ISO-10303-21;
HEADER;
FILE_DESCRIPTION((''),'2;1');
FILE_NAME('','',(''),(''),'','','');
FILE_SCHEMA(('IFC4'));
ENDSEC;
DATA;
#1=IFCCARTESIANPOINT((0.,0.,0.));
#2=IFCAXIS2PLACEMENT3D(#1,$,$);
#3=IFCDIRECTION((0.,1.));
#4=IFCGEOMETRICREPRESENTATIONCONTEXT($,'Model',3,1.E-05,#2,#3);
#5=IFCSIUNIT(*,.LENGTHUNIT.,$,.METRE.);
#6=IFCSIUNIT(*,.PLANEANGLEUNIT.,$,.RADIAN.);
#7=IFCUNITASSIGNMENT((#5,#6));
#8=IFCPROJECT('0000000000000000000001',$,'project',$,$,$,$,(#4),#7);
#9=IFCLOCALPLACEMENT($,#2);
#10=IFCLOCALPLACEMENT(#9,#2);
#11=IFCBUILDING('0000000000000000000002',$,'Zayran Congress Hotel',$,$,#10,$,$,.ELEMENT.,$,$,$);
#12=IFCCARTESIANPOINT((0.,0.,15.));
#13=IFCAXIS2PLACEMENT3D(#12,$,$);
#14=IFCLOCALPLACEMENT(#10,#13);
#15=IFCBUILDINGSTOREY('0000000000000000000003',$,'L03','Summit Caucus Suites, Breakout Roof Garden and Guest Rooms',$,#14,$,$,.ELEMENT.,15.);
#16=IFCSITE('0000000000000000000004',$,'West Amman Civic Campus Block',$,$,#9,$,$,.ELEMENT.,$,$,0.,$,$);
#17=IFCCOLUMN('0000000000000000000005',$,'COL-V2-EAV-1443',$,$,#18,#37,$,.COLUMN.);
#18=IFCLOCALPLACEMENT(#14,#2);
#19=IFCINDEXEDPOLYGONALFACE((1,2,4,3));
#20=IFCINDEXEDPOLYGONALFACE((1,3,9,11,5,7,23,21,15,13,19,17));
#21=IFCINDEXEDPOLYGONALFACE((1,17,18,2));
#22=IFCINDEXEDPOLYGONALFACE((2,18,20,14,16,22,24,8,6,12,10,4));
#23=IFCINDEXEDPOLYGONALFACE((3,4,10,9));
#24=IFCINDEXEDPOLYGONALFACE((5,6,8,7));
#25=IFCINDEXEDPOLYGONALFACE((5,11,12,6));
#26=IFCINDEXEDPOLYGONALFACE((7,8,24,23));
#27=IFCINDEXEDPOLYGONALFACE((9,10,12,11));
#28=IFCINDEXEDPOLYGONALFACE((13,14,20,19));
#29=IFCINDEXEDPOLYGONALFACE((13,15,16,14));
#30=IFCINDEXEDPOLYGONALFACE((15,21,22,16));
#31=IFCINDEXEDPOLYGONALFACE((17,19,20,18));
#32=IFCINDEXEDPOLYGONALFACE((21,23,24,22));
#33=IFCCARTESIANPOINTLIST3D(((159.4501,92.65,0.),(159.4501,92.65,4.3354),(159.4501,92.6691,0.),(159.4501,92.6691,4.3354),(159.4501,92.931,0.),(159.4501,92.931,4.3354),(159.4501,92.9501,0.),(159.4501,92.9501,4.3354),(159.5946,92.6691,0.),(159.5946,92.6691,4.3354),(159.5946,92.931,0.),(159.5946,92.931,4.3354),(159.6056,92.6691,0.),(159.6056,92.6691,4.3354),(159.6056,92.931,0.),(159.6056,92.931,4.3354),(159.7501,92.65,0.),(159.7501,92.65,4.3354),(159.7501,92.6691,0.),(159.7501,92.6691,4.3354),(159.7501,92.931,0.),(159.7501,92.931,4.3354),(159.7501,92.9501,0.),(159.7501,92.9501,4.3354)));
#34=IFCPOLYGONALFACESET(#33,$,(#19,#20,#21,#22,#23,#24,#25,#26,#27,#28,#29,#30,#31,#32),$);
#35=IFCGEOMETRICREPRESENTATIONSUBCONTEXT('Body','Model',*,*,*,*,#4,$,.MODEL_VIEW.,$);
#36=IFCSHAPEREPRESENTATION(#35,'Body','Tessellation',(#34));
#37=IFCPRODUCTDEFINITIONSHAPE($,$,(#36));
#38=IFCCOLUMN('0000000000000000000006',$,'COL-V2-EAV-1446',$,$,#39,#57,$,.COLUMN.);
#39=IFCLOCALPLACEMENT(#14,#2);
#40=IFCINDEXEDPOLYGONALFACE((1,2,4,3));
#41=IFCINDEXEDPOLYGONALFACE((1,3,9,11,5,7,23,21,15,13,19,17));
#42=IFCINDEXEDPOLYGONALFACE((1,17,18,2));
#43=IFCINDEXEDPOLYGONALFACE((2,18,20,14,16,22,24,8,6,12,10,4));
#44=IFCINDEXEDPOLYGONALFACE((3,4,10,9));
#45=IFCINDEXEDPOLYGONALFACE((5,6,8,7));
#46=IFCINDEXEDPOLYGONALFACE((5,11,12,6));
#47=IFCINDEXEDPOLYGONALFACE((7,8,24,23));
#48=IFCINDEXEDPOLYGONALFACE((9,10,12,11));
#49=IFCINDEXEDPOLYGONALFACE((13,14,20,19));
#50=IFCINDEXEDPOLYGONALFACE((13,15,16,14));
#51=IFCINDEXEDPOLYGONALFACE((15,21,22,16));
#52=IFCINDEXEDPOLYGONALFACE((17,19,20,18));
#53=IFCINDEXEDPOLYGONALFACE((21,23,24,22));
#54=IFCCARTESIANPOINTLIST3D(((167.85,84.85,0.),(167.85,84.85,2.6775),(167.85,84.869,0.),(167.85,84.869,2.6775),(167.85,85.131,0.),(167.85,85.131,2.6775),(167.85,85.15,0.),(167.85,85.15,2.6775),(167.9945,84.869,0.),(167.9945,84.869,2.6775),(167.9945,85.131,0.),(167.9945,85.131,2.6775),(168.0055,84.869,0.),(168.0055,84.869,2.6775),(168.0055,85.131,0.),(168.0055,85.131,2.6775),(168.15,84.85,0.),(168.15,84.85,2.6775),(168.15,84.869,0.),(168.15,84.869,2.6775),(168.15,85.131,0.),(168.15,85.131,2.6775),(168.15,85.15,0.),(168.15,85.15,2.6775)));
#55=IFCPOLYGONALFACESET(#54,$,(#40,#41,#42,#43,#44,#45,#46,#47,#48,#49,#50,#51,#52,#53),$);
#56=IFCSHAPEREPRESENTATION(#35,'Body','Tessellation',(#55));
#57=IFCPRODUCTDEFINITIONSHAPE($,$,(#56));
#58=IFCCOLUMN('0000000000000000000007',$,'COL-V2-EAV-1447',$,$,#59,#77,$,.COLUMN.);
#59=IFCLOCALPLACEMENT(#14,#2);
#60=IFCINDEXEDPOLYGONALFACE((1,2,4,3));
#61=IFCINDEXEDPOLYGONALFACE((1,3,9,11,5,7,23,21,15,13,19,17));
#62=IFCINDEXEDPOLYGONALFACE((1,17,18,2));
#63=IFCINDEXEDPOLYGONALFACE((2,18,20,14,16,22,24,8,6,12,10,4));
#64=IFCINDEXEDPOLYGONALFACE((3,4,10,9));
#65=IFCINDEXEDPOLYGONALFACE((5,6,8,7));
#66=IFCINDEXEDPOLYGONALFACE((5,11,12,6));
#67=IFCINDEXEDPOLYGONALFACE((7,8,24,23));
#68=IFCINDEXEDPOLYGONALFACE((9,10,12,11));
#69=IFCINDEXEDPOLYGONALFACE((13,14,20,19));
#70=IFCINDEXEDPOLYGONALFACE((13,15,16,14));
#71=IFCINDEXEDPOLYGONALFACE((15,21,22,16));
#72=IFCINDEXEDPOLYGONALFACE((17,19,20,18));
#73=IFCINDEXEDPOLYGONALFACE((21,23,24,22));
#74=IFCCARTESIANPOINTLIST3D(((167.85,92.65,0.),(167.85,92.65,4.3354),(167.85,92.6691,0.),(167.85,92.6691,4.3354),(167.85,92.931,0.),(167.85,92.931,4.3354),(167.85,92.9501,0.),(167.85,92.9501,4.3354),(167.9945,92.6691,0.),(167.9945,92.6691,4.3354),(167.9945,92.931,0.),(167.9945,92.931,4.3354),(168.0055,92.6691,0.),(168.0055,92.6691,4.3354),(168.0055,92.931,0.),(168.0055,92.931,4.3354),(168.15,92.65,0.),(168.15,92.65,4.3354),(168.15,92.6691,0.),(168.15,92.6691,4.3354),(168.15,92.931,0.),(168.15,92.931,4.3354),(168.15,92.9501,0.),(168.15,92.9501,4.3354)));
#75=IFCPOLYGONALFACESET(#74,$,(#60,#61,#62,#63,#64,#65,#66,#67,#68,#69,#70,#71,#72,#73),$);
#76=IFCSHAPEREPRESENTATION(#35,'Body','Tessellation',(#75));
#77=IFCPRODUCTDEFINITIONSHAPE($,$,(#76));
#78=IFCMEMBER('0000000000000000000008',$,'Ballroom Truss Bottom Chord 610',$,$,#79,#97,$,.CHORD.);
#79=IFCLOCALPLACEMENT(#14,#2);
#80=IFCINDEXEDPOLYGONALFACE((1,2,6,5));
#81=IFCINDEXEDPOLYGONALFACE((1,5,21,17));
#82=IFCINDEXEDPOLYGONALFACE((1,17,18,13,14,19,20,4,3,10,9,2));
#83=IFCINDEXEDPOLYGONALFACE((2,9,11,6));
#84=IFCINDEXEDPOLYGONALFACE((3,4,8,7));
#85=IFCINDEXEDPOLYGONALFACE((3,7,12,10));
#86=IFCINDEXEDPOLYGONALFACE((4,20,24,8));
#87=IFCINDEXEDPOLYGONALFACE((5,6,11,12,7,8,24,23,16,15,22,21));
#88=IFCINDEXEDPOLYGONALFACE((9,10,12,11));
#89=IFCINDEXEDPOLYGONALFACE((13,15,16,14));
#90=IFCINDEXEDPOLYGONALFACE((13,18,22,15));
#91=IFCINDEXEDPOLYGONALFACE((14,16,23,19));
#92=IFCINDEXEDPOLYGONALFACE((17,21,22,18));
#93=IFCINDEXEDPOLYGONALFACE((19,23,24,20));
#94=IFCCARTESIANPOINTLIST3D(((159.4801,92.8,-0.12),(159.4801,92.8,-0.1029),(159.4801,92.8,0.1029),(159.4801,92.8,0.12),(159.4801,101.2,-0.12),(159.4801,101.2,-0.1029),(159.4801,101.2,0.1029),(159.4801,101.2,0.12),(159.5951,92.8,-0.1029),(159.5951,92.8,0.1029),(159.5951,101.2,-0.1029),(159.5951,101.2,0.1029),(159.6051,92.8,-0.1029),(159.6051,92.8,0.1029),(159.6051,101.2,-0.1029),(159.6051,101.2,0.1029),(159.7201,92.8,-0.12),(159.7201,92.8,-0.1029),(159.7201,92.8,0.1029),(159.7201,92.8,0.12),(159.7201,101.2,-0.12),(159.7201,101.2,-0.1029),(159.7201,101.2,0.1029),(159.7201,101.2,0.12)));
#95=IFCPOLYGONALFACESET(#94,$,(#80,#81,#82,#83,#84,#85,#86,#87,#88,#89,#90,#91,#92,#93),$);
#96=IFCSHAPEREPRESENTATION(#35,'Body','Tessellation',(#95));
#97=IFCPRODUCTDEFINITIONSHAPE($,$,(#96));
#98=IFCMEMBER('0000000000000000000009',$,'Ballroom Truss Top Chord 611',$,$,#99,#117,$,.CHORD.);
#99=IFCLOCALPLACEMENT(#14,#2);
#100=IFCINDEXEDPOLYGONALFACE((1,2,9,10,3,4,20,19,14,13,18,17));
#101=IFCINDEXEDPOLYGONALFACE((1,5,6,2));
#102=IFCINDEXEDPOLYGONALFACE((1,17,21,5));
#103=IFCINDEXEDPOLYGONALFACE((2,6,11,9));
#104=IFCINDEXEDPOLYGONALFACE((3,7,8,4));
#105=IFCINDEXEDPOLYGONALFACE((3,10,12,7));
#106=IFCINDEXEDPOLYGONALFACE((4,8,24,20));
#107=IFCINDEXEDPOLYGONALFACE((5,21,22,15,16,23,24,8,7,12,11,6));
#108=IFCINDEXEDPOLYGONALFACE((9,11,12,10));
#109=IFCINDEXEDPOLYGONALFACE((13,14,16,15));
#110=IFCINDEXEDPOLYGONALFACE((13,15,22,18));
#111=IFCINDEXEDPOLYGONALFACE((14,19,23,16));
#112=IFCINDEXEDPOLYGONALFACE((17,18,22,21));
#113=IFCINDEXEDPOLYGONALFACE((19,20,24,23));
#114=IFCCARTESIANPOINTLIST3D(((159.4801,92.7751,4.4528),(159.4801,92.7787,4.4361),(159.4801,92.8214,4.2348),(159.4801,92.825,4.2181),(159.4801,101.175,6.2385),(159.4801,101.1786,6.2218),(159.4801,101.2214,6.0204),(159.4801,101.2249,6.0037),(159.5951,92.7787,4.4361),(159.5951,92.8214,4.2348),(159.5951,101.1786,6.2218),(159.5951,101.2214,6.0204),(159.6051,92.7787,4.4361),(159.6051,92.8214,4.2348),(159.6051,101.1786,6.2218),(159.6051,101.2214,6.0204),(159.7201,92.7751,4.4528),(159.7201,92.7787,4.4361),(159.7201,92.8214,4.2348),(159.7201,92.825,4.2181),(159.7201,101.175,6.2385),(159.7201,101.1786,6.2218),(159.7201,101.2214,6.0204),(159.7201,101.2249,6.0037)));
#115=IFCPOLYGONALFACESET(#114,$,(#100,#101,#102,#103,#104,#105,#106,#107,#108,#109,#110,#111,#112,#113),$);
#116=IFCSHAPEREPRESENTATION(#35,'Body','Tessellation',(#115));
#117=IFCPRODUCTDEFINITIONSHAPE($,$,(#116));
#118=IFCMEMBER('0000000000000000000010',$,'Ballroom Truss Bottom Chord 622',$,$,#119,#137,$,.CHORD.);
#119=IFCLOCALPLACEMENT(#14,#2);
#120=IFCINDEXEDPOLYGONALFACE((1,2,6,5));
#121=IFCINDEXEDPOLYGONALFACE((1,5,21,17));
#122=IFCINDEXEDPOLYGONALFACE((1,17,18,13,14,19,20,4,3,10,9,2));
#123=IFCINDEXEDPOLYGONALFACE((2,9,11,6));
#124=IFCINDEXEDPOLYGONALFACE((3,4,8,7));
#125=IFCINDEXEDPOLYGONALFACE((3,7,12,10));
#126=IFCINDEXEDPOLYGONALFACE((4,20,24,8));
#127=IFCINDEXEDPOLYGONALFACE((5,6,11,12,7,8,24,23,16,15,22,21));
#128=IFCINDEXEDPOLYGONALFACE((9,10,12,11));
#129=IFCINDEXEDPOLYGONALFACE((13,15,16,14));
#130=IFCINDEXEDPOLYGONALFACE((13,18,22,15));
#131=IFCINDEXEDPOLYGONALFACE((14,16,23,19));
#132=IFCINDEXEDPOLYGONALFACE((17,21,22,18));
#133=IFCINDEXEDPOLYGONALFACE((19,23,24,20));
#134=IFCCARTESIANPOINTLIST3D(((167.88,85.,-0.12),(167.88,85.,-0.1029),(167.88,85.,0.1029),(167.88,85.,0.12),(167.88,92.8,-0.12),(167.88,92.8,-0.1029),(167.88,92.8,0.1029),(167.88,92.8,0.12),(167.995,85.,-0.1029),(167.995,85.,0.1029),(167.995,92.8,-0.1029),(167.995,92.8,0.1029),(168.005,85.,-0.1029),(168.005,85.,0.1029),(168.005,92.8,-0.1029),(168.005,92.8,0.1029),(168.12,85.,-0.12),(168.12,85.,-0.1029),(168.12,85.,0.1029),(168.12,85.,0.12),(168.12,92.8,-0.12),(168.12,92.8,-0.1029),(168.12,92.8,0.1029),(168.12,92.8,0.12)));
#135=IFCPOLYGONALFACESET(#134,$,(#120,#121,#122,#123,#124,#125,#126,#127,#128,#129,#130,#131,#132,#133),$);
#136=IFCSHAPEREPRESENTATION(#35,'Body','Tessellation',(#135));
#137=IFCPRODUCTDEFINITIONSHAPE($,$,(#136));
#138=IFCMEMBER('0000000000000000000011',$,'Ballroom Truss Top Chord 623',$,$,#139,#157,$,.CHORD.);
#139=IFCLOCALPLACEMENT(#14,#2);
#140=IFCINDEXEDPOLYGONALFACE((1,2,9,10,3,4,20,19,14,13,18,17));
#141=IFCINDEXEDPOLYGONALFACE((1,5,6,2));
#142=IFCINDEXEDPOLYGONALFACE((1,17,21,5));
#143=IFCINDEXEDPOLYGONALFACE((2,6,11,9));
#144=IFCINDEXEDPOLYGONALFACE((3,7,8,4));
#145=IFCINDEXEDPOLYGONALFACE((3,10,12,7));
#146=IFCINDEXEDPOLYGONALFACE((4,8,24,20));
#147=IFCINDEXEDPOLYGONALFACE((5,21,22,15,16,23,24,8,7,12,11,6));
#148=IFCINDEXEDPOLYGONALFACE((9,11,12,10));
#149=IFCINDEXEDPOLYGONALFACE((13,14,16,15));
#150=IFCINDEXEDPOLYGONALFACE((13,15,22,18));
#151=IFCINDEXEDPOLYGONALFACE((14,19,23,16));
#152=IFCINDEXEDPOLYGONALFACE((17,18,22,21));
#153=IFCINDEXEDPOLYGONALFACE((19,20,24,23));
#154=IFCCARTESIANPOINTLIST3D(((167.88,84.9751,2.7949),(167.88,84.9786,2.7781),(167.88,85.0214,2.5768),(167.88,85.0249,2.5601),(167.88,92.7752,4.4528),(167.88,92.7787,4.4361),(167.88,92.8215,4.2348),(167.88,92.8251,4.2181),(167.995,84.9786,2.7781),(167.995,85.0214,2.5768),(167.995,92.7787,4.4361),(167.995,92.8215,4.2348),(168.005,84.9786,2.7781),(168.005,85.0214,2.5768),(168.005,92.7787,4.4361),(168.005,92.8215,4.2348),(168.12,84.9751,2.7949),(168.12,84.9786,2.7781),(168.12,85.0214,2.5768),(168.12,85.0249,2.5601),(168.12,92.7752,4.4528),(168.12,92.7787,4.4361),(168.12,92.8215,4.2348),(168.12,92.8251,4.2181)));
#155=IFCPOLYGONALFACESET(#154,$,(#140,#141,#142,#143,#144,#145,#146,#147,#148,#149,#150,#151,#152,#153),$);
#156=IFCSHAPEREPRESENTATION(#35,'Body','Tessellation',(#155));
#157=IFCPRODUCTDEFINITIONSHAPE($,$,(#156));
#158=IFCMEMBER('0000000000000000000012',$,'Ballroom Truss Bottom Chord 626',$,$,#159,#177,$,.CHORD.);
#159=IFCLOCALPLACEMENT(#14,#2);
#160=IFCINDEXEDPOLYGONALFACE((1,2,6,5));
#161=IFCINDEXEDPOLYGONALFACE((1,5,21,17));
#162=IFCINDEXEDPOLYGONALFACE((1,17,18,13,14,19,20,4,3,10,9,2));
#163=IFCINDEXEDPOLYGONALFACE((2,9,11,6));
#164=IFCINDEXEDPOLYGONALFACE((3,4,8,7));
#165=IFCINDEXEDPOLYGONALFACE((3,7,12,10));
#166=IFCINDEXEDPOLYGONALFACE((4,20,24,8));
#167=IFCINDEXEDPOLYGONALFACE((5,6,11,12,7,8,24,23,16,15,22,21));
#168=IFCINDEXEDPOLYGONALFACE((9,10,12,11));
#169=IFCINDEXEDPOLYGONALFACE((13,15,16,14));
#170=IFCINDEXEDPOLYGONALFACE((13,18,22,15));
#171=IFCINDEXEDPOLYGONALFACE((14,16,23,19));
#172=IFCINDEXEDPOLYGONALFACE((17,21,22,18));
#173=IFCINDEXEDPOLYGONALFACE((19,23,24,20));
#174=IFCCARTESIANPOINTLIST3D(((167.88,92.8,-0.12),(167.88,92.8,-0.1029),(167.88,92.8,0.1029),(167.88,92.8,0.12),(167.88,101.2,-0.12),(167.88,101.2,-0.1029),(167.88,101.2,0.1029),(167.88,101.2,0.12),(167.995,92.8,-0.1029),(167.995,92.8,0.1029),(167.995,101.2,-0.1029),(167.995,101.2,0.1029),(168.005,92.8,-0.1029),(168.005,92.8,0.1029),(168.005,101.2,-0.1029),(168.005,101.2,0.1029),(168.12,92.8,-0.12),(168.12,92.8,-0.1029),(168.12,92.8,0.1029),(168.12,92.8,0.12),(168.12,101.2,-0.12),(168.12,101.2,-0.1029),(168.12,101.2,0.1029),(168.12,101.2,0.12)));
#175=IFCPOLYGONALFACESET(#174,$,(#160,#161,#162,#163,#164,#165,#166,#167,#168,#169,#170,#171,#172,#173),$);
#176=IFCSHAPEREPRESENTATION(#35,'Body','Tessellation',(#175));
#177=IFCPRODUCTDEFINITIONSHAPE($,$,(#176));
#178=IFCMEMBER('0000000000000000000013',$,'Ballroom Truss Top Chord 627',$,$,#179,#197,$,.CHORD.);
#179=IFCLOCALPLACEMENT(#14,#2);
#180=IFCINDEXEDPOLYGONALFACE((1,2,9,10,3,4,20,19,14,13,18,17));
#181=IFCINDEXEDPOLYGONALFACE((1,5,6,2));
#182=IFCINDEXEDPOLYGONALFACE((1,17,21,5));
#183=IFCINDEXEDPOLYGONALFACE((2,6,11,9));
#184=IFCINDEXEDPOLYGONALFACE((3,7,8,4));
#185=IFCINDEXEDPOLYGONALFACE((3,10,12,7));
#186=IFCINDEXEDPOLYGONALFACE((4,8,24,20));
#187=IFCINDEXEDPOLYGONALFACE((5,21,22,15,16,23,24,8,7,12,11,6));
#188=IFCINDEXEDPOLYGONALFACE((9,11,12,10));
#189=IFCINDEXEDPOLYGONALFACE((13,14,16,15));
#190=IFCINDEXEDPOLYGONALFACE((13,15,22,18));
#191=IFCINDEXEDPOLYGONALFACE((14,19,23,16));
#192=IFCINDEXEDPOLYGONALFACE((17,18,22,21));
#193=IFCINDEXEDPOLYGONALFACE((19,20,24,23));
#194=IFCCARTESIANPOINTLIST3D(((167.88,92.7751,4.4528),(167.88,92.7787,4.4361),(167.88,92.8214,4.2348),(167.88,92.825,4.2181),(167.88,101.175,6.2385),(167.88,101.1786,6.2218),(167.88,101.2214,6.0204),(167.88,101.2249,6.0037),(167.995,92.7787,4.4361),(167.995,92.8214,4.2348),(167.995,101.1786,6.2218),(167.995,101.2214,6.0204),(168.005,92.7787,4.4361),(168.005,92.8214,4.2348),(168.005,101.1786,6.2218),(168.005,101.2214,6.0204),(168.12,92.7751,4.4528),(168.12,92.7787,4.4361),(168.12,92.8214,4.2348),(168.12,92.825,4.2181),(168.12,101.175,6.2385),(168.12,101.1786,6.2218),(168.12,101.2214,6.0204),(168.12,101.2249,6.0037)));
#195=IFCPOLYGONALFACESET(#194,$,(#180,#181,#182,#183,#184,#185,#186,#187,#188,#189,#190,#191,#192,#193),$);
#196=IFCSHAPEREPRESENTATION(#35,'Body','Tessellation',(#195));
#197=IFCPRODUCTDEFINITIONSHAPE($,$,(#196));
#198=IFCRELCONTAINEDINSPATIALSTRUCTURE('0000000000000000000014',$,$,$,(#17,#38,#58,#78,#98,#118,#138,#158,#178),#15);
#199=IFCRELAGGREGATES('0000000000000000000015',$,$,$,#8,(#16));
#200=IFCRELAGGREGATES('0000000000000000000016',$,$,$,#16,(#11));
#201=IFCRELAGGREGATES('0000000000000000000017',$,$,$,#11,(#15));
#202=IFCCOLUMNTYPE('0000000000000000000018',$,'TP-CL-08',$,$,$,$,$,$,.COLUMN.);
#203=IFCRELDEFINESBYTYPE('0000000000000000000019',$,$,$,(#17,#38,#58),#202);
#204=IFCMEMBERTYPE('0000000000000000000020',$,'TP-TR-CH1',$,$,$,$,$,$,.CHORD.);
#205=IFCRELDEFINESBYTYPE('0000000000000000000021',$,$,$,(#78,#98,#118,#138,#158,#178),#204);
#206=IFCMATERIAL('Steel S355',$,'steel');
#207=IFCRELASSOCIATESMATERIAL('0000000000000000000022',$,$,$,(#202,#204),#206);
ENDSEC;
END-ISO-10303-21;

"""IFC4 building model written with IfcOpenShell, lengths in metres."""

from ifc_helpers import new_model, si_unit, direction, frame, origin, origin_2d, place, context, subcontext, project, spatial, i_section, extrude, material, material_profile, profile_set, type_object, element, save


model = new_model("IFC4")

# Units and contexts
model_context = context("Model", 3, precision=1e-05, world=origin(), true_north=direction((0.0, 1.0)))
body_context = subcontext(model_context, "Body", "Model", "MODEL_VIEW")
ifc_project = project(units=[si_unit("LENGTHUNIT", "METRE"), si_unit("PLANEANGLEUNIT", "RADIAN")], contexts=[model_context])

# Site, building, storey
site_placement = place(None, origin())
site = spatial("IfcSite", under=ifc_project, at=site_placement, Name="West Amman Civic Campus Block", CompositionType="ELEMENT", RefElevation=0.0)
building_placement = place(site_placement, origin())
building = spatial("IfcBuilding", under=site, at=building_placement, Name="Zayran Congress Hotel", CompositionType="ELEMENT")
storey_placement = place(building_placement, frame((0.0, 0.0, 15.0)))
storey = spatial("IfcBuildingStorey", under=building, at=storey_placement, Name="L03", Description="Summit Caucus Suites, Breakout Roof Garden and Guest Rooms", CompositionType="ELEMENT", Elevation=15.0)

# Columns
ifc_material_1 = material(Name="Steel S355", Category="steel")
ifc_material_profile_1 = material_profile(ifc_material_1, i_section(OverallWidth=0.3, OverallDepth=0.3, WebThickness=0.011, FlangeThickness=0.019, at=origin_2d()), Name="HEB 300")
ifc_profile_set_1 = profile_set([ifc_material_profile_1], Name="Steel S355")
column_type = type_object("IfcColumnType", Name="TP-CL-08", PredefinedType="COLUMN", material=ifc_profile_set_1)
column_1_placement = place(storey_placement, frame((159.6001, 92.8, 0.0), z_axis=(0.0, 0.0, 1.0), x_axis=(1.0, 0.0, 0.0)))
element("IfcColumn", 1, at=column_1_placement, inside=storey, type_object=column_type, Name="COL-V2-EAV-1443", PredefinedType="COLUMN", context=body_context, shape_type="SweptSolid", body=[
    extrude(i_section(OverallWidth=0.3, OverallDepth=0.3, WebThickness=0.011, FlangeThickness=0.019, at=origin_2d()), origin(), (0.0, 0.0, 1.0), 4.3354),
])
column_2_placement = place(storey_placement, frame((168.0, 85.0, 0.0), z_axis=(0.0, 0.0, 1.0), x_axis=(1.0, 0.0, 0.0)))
element("IfcColumn", 2, at=column_2_placement, inside=storey, type_object=column_type, Name="COL-V2-EAV-1446", PredefinedType="COLUMN", context=body_context, shape_type="SweptSolid", body=[
    extrude(i_section(OverallWidth=0.3, OverallDepth=0.3, WebThickness=0.011, FlangeThickness=0.019, at=origin_2d()), origin(), (0.0, 0.0, 1.0), 2.6775),
])
column_3_placement = place(storey_placement, frame((168.0, 92.8, 0.0), z_axis=(0.0, 0.0, 1.0), x_axis=(1.0, 0.0, 0.0)))
element("IfcColumn", 3, at=column_3_placement, inside=storey, type_object=column_type, Name="COL-V2-EAV-1447", PredefinedType="COLUMN", context=body_context, shape_type="SweptSolid", body=[
    extrude(i_section(OverallWidth=0.3, OverallDepth=0.3, WebThickness=0.011, FlangeThickness=0.019, at=origin_2d()), origin(), (0.0, 0.0, 1.0), 4.3354),
])

# Members
ifc_material_profile_2 = material_profile(ifc_material_1, i_section(OverallWidth=0.24, OverallDepth=0.24, WebThickness=0.01, FlangeThickness=0.0171, at=origin_2d()), Name="HEB 240")
ifc_profile_set_2 = profile_set([ifc_material_profile_2], Name="Steel S355")
member_type_1 = type_object("IfcMemberType", Name="TP-TR-CH1", PredefinedType="CHORD", material=ifc_profile_set_2)
member_1_placement = place(storey_placement, frame((159.6001, 92.8, 0.0), z_axis=(0.0, 1.0, 0.0), x_axis=(-1.0, 0.0, 0.0)))
element("IfcMember", 4, at=member_1_placement, inside=storey, type_object=member_type_1, Name="Ballroom Truss Bottom Chord 610", PredefinedType="CHORD", context=body_context, shape_type="SweptSolid", body=[
    extrude(i_section(OverallWidth=0.24, OverallDepth=0.24, WebThickness=0.01, FlangeThickness=0.0171, at=origin_2d()), origin(), (0.0, 0.0, 1.0), 8.3999),
])
member_2_placement = place(storey_placement, frame((159.6001, 92.8, 4.3354), z_axis=(0.0, 0.978143, 0.207933), x_axis=(-1.0, 0.0, 0.0)))
element("IfcMember", 5, at=member_2_placement, inside=storey, type_object=member_type_1, Name="Ballroom Truss Top Chord 611", PredefinedType="CHORD", context=body_context, shape_type="SweptSolid", body=[
    extrude(i_section(OverallWidth=0.24, OverallDepth=0.24, WebThickness=0.01, FlangeThickness=0.0171, at=origin_2d()), origin(), (0.0, 0.0, 1.0), 8.5876),
])
member_3_placement = place(storey_placement, frame((168.0, 85.0, 0.0), z_axis=(0.0, 1.0, 0.0), x_axis=(-1.0, 0.0, 0.0)))
element("IfcMember", 6, at=member_3_placement, inside=storey, type_object=member_type_1, Name="Ballroom Truss Bottom Chord 622", PredefinedType="CHORD", context=body_context, shape_type="SweptSolid", body=[
    extrude(i_section(OverallWidth=0.24, OverallDepth=0.24, WebThickness=0.01, FlangeThickness=0.0171, at=origin_2d()), origin(), (0.0, 0.0, 1.0), 7.8),
])
member_4_placement = place(storey_placement, frame((168.0, 85.0, 2.6775), z_axis=(0.0, 0.978147, 0.207913), x_axis=(-1.0, 0.0, 0.0)))
element("IfcMember", 7, at=member_4_placement, inside=storey, type_object=member_type_1, Name="Ballroom Truss Top Chord 623", PredefinedType="CHORD", context=body_context, shape_type="SweptSolid", body=[
    extrude(i_section(OverallWidth=0.24, OverallDepth=0.24, WebThickness=0.01, FlangeThickness=0.0171, at=origin_2d()), origin(), (0.0, 0.0, 1.0), 7.9744),
])
member_5_placement = place(storey_placement, frame((168.0, 92.8, 0.0), z_axis=(0.0, 1.0, 0.0), x_axis=(-1.0, 0.0, 0.0)))
element("IfcMember", 8, at=member_5_placement, inside=storey, type_object=member_type_1, Name="Ballroom Truss Bottom Chord 626", PredefinedType="CHORD", context=body_context, shape_type="SweptSolid", body=[
    extrude(i_section(OverallWidth=0.24, OverallDepth=0.24, WebThickness=0.01, FlangeThickness=0.0171, at=origin_2d()), origin(), (0.0, 0.0, 1.0), 8.3999),
])
member_6_placement = place(storey_placement, frame((168.0, 92.8, 4.3354), z_axis=(0.0, 0.978143, 0.207933), x_axis=(-1.0, 0.0, 0.0)))
element("IfcMember", 9, at=member_6_placement, inside=storey, type_object=member_type_1, Name="Ballroom Truss Top Chord 627", PredefinedType="CHORD", context=body_context, shape_type="SweptSolid", body=[
    extrude(i_section(OverallWidth=0.24, OverallDepth=0.24, WebThickness=0.01, FlangeThickness=0.0171, at=origin_2d()), origin(), (0.0, 0.0, 1.0), 8.5876),
])

save(model, "model.ifc")
